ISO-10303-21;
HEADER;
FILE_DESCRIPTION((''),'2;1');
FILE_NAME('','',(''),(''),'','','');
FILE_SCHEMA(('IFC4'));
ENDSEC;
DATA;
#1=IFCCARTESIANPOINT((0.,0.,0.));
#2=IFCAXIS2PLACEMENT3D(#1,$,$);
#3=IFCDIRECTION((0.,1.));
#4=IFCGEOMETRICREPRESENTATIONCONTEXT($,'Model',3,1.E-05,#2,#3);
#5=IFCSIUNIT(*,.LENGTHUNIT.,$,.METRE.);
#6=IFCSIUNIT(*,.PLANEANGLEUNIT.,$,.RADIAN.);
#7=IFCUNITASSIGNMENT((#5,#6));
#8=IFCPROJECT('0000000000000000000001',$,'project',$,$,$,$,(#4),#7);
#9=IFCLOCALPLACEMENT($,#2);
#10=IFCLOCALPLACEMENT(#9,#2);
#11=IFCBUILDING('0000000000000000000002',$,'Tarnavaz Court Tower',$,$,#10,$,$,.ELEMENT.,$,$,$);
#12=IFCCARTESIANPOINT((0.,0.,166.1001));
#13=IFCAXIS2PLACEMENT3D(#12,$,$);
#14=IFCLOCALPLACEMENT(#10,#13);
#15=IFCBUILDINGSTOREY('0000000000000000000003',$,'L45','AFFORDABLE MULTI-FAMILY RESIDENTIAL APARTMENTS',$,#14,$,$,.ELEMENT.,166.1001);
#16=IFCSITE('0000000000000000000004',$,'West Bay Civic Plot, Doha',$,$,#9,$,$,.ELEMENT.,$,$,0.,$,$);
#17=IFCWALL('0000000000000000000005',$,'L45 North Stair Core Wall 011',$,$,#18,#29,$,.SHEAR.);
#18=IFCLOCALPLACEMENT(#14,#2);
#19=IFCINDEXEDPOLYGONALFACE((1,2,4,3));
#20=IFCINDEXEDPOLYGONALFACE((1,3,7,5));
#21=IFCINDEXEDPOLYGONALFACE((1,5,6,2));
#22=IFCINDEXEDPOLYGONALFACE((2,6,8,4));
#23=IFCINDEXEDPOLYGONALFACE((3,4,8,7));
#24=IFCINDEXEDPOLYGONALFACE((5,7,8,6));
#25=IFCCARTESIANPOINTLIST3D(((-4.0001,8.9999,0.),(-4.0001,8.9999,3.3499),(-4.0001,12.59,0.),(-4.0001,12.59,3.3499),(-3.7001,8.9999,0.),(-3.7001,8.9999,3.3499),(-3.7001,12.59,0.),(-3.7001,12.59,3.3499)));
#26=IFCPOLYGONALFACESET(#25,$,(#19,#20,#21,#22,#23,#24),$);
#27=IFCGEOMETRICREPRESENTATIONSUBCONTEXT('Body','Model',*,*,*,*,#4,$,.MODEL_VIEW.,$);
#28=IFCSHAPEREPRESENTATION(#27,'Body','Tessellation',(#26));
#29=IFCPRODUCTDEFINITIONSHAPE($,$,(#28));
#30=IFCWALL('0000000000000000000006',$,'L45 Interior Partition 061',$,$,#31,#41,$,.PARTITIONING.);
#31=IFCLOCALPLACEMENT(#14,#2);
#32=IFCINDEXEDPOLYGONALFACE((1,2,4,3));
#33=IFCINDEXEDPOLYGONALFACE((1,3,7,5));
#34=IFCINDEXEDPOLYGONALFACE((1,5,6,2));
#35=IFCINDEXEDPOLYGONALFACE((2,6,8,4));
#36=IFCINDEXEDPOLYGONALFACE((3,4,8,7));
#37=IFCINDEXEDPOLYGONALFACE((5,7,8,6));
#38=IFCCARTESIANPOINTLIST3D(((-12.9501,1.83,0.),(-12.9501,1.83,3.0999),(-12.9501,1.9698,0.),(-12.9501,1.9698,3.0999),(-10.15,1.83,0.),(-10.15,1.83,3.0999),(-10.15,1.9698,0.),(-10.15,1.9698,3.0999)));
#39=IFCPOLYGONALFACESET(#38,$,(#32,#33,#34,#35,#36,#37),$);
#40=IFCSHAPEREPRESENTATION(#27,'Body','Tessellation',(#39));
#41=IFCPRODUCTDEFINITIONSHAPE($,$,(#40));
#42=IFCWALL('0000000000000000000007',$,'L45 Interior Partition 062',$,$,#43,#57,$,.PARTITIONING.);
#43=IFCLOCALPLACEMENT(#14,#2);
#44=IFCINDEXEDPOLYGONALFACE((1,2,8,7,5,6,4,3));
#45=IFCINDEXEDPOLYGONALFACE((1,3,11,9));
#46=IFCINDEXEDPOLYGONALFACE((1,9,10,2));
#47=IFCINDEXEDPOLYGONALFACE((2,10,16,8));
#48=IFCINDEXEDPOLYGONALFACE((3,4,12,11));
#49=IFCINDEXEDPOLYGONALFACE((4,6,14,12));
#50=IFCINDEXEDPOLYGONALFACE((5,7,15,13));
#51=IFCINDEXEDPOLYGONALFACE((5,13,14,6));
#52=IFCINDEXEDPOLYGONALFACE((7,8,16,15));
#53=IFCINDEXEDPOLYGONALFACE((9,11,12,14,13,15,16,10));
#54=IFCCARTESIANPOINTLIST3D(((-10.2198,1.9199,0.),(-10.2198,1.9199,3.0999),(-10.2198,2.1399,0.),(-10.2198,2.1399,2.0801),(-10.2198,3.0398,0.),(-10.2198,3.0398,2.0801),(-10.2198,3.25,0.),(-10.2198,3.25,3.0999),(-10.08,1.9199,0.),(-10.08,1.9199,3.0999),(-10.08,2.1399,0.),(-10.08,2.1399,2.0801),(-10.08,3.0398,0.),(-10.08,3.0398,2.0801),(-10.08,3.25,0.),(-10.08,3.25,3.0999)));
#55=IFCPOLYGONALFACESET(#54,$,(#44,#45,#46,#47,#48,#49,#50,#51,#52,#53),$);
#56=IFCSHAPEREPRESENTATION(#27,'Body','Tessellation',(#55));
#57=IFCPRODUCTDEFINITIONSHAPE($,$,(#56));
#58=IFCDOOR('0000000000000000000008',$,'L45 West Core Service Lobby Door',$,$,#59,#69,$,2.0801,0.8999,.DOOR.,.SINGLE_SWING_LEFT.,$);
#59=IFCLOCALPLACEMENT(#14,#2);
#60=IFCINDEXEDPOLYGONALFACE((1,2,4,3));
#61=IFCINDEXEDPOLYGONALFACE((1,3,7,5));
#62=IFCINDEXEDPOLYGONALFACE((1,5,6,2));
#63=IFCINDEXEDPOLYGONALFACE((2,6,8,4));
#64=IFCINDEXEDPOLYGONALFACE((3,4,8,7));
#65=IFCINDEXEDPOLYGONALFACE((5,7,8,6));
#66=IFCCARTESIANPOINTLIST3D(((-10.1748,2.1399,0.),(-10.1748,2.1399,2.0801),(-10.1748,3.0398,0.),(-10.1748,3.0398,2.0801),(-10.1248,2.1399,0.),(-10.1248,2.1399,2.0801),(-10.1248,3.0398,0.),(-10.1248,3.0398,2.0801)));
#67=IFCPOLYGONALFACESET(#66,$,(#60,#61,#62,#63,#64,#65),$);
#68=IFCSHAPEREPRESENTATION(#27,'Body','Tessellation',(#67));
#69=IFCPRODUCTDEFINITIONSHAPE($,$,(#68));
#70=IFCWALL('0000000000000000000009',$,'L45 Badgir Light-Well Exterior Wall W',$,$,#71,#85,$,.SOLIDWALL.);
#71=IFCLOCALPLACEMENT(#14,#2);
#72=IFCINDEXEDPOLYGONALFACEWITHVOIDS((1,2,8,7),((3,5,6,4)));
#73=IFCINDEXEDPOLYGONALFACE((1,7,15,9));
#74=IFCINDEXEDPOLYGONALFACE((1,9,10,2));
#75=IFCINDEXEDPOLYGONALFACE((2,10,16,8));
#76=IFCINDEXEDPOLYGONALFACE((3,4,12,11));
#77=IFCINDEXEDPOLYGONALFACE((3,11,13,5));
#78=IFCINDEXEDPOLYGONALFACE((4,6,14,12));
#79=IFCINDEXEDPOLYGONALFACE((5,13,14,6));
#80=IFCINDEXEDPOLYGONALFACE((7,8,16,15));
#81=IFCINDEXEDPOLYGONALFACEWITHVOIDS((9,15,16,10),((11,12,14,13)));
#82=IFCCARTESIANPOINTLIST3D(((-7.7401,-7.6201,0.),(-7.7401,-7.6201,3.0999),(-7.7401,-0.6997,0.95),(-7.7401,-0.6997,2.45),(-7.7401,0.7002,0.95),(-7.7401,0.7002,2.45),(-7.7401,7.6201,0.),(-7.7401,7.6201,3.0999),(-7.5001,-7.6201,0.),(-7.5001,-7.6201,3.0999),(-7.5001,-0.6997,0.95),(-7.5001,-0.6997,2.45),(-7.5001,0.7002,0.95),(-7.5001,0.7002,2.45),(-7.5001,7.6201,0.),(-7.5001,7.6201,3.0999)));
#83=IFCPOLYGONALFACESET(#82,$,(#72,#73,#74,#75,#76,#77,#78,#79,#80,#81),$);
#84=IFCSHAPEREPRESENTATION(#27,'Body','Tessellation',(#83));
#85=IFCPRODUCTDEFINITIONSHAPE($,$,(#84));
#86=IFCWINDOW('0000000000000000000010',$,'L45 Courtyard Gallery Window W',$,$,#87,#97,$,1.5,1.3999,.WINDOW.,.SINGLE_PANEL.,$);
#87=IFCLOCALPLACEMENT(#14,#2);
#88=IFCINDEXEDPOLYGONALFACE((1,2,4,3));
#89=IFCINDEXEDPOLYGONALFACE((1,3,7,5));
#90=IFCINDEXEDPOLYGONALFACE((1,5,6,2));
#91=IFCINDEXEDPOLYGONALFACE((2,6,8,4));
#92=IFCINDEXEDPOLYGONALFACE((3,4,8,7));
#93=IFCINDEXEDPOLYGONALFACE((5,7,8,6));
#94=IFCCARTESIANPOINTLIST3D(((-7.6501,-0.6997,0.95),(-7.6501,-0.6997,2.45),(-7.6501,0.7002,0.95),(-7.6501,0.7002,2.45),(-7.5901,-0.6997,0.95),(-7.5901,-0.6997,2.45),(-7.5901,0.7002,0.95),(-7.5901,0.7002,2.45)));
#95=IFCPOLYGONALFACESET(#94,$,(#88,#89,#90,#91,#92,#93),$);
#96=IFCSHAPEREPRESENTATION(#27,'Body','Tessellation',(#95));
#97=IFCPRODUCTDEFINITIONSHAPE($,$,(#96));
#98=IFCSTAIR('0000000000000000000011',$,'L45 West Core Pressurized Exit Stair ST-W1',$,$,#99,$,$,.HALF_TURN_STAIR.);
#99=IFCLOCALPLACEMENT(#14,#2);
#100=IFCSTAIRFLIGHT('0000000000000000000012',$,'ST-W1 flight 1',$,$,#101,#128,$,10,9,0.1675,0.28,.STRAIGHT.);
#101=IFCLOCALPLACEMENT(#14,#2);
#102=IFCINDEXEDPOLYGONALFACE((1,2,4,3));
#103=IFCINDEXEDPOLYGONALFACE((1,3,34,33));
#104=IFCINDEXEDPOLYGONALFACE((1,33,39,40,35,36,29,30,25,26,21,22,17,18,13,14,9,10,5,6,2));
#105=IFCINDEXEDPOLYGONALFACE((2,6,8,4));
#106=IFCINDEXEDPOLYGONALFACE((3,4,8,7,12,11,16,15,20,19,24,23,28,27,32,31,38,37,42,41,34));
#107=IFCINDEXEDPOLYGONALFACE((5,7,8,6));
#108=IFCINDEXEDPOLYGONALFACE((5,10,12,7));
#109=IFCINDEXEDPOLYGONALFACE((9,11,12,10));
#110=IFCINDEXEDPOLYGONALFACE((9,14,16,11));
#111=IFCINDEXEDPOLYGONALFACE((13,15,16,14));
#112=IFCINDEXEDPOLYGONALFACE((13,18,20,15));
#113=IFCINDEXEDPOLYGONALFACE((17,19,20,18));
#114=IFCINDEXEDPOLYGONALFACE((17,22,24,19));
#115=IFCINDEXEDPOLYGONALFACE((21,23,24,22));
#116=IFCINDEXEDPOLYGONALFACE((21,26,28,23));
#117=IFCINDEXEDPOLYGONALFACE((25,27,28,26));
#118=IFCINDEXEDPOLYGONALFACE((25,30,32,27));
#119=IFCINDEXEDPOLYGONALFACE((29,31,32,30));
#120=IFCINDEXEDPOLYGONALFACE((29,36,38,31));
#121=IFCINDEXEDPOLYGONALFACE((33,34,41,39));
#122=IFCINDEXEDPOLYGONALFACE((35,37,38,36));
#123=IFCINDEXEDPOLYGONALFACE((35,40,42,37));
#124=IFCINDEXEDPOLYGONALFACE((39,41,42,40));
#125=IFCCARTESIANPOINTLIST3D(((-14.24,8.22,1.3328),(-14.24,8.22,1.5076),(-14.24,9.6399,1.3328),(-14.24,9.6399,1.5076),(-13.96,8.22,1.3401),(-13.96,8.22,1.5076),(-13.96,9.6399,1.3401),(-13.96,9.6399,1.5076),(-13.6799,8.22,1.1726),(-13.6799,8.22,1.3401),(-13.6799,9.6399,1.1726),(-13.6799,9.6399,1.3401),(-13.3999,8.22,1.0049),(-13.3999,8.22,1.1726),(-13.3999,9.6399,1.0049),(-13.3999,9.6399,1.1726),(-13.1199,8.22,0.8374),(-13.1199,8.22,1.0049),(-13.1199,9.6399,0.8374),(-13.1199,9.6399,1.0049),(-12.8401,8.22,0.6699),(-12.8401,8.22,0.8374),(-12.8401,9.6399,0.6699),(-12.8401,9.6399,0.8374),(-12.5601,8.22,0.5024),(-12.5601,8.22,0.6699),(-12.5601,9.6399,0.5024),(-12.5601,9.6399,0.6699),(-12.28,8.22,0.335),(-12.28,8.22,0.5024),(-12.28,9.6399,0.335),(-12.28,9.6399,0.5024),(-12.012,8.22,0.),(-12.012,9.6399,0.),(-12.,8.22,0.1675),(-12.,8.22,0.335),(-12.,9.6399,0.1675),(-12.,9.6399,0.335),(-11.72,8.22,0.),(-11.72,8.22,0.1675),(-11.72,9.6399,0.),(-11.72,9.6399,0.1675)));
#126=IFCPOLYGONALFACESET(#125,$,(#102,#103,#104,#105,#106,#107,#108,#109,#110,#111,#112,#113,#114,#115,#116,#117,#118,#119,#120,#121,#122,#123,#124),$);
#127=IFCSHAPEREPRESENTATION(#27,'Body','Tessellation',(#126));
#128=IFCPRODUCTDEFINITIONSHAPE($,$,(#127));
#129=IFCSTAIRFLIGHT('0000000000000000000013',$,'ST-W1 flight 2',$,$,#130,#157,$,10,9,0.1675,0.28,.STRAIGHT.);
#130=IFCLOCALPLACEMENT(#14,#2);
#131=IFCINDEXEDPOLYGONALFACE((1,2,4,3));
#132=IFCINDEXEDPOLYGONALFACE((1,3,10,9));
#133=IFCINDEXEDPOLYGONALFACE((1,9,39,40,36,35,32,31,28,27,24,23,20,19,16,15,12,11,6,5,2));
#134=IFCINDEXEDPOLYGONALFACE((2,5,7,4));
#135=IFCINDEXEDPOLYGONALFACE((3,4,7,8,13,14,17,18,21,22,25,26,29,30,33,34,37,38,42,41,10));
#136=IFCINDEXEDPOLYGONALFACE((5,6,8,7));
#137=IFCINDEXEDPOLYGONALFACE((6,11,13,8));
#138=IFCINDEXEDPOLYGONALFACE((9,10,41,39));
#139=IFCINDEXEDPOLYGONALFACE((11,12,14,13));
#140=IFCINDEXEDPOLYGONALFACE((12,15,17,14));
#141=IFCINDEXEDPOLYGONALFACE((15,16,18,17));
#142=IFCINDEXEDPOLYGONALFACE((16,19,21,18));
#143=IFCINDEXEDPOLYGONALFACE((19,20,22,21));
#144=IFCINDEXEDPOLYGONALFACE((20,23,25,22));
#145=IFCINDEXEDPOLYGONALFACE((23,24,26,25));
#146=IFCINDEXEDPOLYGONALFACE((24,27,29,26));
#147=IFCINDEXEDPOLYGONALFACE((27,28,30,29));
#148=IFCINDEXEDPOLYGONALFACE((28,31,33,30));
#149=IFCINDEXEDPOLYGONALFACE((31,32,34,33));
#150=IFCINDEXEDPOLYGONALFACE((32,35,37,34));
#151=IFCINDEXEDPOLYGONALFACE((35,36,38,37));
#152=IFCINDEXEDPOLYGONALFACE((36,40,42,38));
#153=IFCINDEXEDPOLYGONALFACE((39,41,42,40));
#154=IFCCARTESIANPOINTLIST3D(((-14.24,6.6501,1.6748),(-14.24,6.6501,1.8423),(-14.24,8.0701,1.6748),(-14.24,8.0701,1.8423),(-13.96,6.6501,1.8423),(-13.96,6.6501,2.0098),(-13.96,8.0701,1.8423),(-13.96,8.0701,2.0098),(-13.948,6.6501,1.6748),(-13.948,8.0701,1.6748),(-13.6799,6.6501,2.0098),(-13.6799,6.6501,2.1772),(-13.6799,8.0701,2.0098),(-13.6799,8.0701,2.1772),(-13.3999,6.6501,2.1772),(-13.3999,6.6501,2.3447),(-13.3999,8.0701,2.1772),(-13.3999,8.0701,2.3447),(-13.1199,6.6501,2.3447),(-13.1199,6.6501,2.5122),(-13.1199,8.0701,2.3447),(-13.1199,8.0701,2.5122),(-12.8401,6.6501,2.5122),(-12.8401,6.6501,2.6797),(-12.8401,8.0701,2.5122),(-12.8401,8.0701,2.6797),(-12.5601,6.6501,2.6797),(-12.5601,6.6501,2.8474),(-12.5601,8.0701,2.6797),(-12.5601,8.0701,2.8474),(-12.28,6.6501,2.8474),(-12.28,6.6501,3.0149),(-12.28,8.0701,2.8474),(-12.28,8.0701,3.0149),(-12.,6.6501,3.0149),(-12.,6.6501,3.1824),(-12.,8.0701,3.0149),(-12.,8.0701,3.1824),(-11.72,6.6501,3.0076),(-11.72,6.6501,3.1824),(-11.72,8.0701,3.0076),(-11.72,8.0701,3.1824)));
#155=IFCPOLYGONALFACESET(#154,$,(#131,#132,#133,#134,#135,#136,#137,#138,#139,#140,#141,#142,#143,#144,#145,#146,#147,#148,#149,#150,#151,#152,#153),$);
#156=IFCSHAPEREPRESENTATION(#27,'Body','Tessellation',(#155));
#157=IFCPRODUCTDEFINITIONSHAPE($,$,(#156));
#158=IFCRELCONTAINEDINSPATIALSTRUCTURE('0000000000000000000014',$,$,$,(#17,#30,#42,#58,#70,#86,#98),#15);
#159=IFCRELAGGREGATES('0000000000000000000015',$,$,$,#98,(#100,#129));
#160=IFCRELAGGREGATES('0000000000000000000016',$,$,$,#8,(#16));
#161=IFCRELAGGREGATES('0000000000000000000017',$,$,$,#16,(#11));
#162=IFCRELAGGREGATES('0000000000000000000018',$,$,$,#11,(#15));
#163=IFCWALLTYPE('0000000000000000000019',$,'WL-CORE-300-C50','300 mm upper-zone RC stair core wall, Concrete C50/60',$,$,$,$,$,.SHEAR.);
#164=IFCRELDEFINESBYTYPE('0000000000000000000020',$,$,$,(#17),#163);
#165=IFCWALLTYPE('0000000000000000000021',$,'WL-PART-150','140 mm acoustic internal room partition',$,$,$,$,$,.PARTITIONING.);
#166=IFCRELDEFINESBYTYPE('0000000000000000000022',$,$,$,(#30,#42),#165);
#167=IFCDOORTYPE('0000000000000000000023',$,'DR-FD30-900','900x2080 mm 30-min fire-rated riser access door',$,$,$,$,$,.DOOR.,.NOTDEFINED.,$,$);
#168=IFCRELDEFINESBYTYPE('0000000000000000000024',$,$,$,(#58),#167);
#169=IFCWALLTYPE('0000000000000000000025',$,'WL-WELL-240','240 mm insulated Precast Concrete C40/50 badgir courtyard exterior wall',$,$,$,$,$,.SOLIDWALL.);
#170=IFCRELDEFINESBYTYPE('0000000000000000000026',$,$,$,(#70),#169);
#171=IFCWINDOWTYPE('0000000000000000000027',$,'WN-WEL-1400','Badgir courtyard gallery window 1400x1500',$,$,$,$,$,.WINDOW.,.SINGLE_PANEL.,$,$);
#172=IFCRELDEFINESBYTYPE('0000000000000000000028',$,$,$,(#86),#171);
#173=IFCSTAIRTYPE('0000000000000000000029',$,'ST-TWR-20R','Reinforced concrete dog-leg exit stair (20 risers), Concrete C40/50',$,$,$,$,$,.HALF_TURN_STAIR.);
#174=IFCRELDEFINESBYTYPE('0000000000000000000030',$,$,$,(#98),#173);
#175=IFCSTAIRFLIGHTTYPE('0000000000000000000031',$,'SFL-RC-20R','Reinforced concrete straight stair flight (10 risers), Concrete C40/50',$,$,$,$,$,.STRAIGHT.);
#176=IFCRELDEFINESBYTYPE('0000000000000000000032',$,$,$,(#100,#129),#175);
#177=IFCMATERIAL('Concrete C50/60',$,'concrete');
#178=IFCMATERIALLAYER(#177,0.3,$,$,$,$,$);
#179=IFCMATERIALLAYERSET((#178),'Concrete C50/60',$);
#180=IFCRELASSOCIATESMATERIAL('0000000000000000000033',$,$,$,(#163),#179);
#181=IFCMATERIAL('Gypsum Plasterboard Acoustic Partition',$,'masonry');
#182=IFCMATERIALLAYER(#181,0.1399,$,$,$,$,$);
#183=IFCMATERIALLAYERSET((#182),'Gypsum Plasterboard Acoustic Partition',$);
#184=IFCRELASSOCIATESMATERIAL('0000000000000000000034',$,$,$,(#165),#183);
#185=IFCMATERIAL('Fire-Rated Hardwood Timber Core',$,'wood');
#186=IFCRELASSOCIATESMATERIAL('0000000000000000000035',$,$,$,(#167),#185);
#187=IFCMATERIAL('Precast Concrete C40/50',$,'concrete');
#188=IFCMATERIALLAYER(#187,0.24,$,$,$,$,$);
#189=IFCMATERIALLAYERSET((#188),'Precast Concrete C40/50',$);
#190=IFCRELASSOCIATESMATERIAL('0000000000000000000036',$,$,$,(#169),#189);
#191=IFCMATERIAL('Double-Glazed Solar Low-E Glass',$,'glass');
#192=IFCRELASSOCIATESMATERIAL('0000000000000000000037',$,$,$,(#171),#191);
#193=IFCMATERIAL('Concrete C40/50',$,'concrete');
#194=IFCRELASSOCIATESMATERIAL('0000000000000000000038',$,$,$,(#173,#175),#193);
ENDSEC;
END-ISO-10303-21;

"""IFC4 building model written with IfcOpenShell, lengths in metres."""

from ifc_helpers import new_model, si_unit, direction, frame, frame_2d, origin, place, context, subcontext, project, spatial, polyline, rectangle, outline, extrude, material, layer, layer_set, type_object, element, fill, aggregate, save


model = new_model("IFC4")

# Units and contexts
model_context = context("Model", 3, precision=1e-05, world=origin(), true_north=direction((0.0, 1.0)))
body_context = subcontext(model_context, "Body", "Model", "MODEL_VIEW")
ifc_project = project(units=[si_unit("LENGTHUNIT", "METRE"), si_unit("PLANEANGLEUNIT", "RADIAN")], contexts=[model_context])

# Site, building, storey
site_placement = place(None, origin())
site = spatial("IfcSite", under=ifc_project, at=site_placement, Name="West Bay Civic Plot, Doha", CompositionType="ELEMENT", RefElevation=0.0)
building_placement = place(site_placement, origin())
building = spatial("IfcBuilding", under=site, at=building_placement, Name="Tarnavaz Court Tower", CompositionType="ELEMENT")
storey_placement = place(building_placement, frame((0.0, 0.0, 166.1001)))
storey = spatial("IfcBuildingStorey", under=building, at=storey_placement, Name="L45", Description="AFFORDABLE MULTI-FAMILY RESIDENTIAL APARTMENTS", CompositionType="ELEMENT", Elevation=166.1001)

# Shared definitions
ifc_material_1 = material(Name="Concrete C50/60", Category="concrete")
ifc_layer_1 = layer(ifc_material_1, 0.3)
ifc_layer_set_1 = layer_set([ifc_layer_1], Name="Concrete C50/60")
wall_type_1 = type_object("IfcWallType", Name="WL-CORE-300-C50", Description="300 mm upper-zone RC stair core wall, Concrete C50/60", PredefinedType="SHEAR", material=ifc_layer_set_1)

# Shared definitions
ifc_material_2 = material(Name="Fire-Rated Hardwood Timber Core", Category="wood")

# Wall
wall_1_placement = place(storey_placement, frame((-3.8501, 9.0, 0.0), z_axis=(0.0, 0.0, 1.0), x_axis=(0.0, 1.0, 0.0)))
element("IfcWall", 1, at=wall_1_placement, inside=storey, type_object=wall_type_1, Name="L45 North Stair Core Wall 011", PredefinedType="SHEAR", context=body_context, shape_type="SweptSolid", body=[
    extrude(rectangle(XDim=3.5901, YDim=0.3, at=frame_2d((1.7949, 0.0))), origin(), (0.0, 0.0, 1.0), 3.3499),
])

# Wall
ifc_material_3 = material(Name="Gypsum Plasterboard Acoustic Partition", Category="masonry")
ifc_layer_2 = layer(ifc_material_3, 0.1399)
ifc_layer_set_2 = layer_set([ifc_layer_2], Name="Gypsum Plasterboard Acoustic Partition")
wall_type_2 = type_object("IfcWallType", Name="WL-PART-150", Description="140 mm acoustic internal room partition", PredefinedType="PARTITIONING", material=ifc_layer_set_2)
wall_2_placement = place(storey_placement, frame((-12.95, 1.8999, 0.0), z_axis=(0.0, 0.0, 1.0), x_axis=(1.0, 0.0, 0.0)))
element("IfcWall", 2, at=wall_2_placement, inside=storey, type_object=wall_type_2, Name="L45 Interior Partition 061", PredefinedType="PARTITIONING", context=body_context, shape_type="SweptSolid", body=[
    extrude(rectangle(XDim=2.8, YDim=0.1399, at=frame_2d((1.3999, 0.0))), origin(), (0.0, 0.0, 1.0), 3.0999),
])

# Wall, opening, door
wall_3_placement = place(storey_placement, frame((-10.1499, 1.9199, 0.0), z_axis=(0.0, 0.0, 1.0), x_axis=(0.0, 1.0, 0.0)))
wall_3 = element("IfcWall", 3, at=wall_3_placement, inside=storey, type_object=wall_type_2, Name="L45 Interior Partition 062", PredefinedType="PARTITIONING", context=body_context, shape_type="SweptSolid", body=[
    extrude(rectangle(XDim=1.3301, YDim=0.1399, at=frame_2d((0.665, 0.0))), origin(), (0.0, 0.0, 1.0), 3.0999),
])
opening_1_placement = place(wall_3_placement, frame((0.22, 0.0, 0.0)))
opening_1 = element("IfcOpeningElement", 4, at=opening_1_placement, cuts=wall_3, PredefinedType="OPENING", context=body_context, shape_type="SweptSolid", body=[
    extrude(rectangle(XDim=0.8999, YDim=2.0801, at=frame_2d((0.45, 1.04))), frame((0.0, 0.0798, 0.0), z_axis=(0.0, -1.0, 0.0), x_axis=(1.0, 0.0, 0.0)), (0.0, 0.0, 1.0), 0.1599),
])
door_type_1 = type_object("IfcDoorType", Name="DR-FD30-900", Description="900x2080 mm 30-min fire-rated riser access door", OperationType="NOTDEFINED", PredefinedType="DOOR", material=ifc_material_2)
door_1_placement = place(opening_1_placement, origin())
door_1 = element("IfcDoor", 5, at=door_1_placement, inside=storey, type_object=door_type_1, Name="L45 West Core Service Lobby Door", OperationType="SINGLE_SWING_LEFT", OverallHeight=2.0801, OverallWidth=0.8999, PredefinedType="DOOR", context=body_context, shape_type="SweptSolid", body=[
    extrude(rectangle(XDim=0.8999, YDim=2.0801, at=frame_2d((0.45, 1.04))), frame((0.0, 0.0249, 0.0), z_axis=(0.0, -1.0, 0.0), x_axis=(1.0, 0.0, 0.0)), (0.0, 0.0, 1.0), 0.05),
])
fill(opening_1, door_1)

# Wall, opening, window
ifc_material_4 = material(Name="Precast Concrete C40/50", Category="concrete")
ifc_layer_3 = layer(ifc_material_4, 0.24)
ifc_layer_set_3 = layer_set([ifc_layer_3], Name="Precast Concrete C40/50")
wall_type_3 = type_object("IfcWallType", Name="WL-WELL-240", Description="240 mm insulated Precast Concrete C40/50 badgir courtyard exterior wall", PredefinedType="SOLIDWALL", material=ifc_layer_set_3)
wall_4_placement = place(storey_placement, frame((-7.6201, 7.6201, 0.0), z_axis=(0.0, 0.0, 1.0), x_axis=(0.0, -1.0, 0.0)))
wall_4 = element("IfcWall", 6, at=wall_4_placement, inside=storey, type_object=wall_type_3, Name="L45 Badgir Light-Well Exterior Wall W", PredefinedType="SOLIDWALL", context=body_context, shape_type="SweptSolid", body=[
    extrude(rectangle(XDim=15.2402, YDim=0.24, at=frame_2d((7.6201, 0.0))), origin(), (0.0, 0.0, 1.0), 3.0999),
])
opening_2_placement = place(wall_4_placement, frame((6.9199, 0.0, 0.95)))
opening_2 = element("IfcOpeningElement", 7, at=opening_2_placement, cuts=wall_4, PredefinedType="OPENING", context=body_context, shape_type="SweptSolid", body=[
    extrude(rectangle(XDim=1.3999, YDim=1.5, at=frame_2d((0.7, 0.75))), frame((0.0, 0.1299, 0.0), z_axis=(0.0, -1.0, 0.0), x_axis=(1.0, 0.0, 0.0)), (0.0, 0.0, 1.0), 0.26),
])
ifc_material_5 = material(Name="Double-Glazed Solar Low-E Glass", Category="glass")
window_type = type_object("IfcWindowType", Name="WN-WEL-1400", Description="Badgir courtyard gallery window 1400x1500", PartitioningType="SINGLE_PANEL", PredefinedType="WINDOW", material=ifc_material_5)
window_placement = place(opening_2_placement, origin())
window = element("IfcWindow", 8, at=window_placement, inside=storey, type_object=window_type, Name="L45 Courtyard Gallery Window W", OverallHeight=1.5, OverallWidth=1.3999, PartitioningType="SINGLE_PANEL", PredefinedType="WINDOW", context=body_context, shape_type="SweptSolid", body=[
    extrude(rectangle(XDim=1.3999, YDim=1.5, at=frame_2d((0.7, 0.75))), frame((0.0, 0.03, 0.0), z_axis=(0.0, -1.0, 0.0), x_axis=(1.0, 0.0, 0.0)), (0.0, 0.0, 1.0), 0.0601),
])
fill(opening_2, window)

# Stair, stair flights
ifc_material_6 = material(Name="Concrete C40/50", Category="concrete")
stair_type = type_object("IfcStairType", Name="ST-TWR-20R", Description="Reinforced concrete dog-leg exit stair (20 risers), Concrete C40/50", PredefinedType="HALF_TURN_STAIR", material=ifc_material_6)
stair_1_placement = place(storey_placement, origin())
stair_1 = element("IfcStair", 9, at=stair_1_placement, inside=storey, type_object=stair_type, Name="L45 West Core Pressurized Exit Stair ST-W1", PredefinedType="HALF_TURN_STAIR")
stair_flight_type = type_object("IfcStairFlightType", Name="SFL-RC-20R", Description="Reinforced concrete straight stair flight (10 risers), Concrete C40/50", PredefinedType="STRAIGHT", material=ifc_material_6)
stair_flight_1_placement = place(storey_placement, frame((-11.72, 8.9299, 0.0), z_axis=(0.0, 0.0, 1.0), x_axis=(-1.0, 0.0, 0.0)))
stair_flight_1 = element("IfcStairFlight", 10, at=stair_flight_1_placement, type_object=stair_flight_type, Name="ST-W1 flight 1", NumberOfRisers=10, NumberOfTreads=9, PredefinedType="STRAIGHT", RiserHeight=0.1675, TreadLength=0.28, context=body_context, shape_type="SweptSolid", body=[
    extrude(outline(polyline([(0.0, 0.0), (0.0, 0.1675), (0.28, 0.1675), (0.28, 0.335), (0.5601, 0.335), (0.5601, 0.5024), (0.8401, 0.5024), (0.8401, 0.6699), (1.1201, 0.6699), (1.1201, 0.8374), (1.3999, 0.8374), (1.3999, 1.0049), (1.6799, 1.0049), (1.6799, 1.1726), (1.96, 1.1726), (1.96, 1.3401), (2.24, 1.3401), (2.24, 1.5076), (2.52, 1.5076), (2.52, 1.675), (2.52, 1.3328), (0.292, 0.0), (0.0, 0.0)])), frame((0.0, 0.71, 0.0), z_axis=(0.0, -1.0, 0.0), x_axis=(1.0, 0.0, 0.0)), (0.0, 0.0, 1.0), 1.4199),
])
stair_flight_2_placement = place(storey_placement, frame((-14.24, 7.3601, 1.6748), z_axis=(0.0, 0.0, 1.0), x_axis=(1.0, 0.0, 0.0)))
stair_flight_2 = element("IfcStairFlight", 11, at=stair_flight_2_placement, type_object=stair_flight_type, Name="ST-W1 flight 2", NumberOfRisers=10, NumberOfTreads=9, PredefinedType="STRAIGHT", RiserHeight=0.1675, TreadLength=0.28, context=body_context, shape_type="SweptSolid", body=[
    extrude(outline(polyline([(0.0, 0.0), (0.0, 0.1675), (0.28, 0.1675), (0.28, 0.335), (0.5601, 0.335), (0.5601, 0.5024), (0.8401, 0.5024), (0.8401, 0.6699), (1.1201, 0.6699), (1.1201, 0.8374), (1.3999, 0.8374), (1.3999, 1.0049), (1.6799, 1.0049), (1.6799, 1.1726), (1.96, 1.1726), (1.96, 1.3401), (2.24, 1.3401), (2.24, 1.5076), (2.52, 1.5076), (2.52, 1.675), (2.52, 1.3328), (0.292, 0.0), (0.0, 0.0)])), frame((0.0, 0.71, 0.0), z_axis=(0.0, -1.0, 0.0), x_axis=(1.0, 0.0, 0.0)), (0.0, 0.0, 1.0), 1.4199),
])
aggregate(stair_1, [stair_flight_1, stair_flight_2])

save(model, "model.ifc")
